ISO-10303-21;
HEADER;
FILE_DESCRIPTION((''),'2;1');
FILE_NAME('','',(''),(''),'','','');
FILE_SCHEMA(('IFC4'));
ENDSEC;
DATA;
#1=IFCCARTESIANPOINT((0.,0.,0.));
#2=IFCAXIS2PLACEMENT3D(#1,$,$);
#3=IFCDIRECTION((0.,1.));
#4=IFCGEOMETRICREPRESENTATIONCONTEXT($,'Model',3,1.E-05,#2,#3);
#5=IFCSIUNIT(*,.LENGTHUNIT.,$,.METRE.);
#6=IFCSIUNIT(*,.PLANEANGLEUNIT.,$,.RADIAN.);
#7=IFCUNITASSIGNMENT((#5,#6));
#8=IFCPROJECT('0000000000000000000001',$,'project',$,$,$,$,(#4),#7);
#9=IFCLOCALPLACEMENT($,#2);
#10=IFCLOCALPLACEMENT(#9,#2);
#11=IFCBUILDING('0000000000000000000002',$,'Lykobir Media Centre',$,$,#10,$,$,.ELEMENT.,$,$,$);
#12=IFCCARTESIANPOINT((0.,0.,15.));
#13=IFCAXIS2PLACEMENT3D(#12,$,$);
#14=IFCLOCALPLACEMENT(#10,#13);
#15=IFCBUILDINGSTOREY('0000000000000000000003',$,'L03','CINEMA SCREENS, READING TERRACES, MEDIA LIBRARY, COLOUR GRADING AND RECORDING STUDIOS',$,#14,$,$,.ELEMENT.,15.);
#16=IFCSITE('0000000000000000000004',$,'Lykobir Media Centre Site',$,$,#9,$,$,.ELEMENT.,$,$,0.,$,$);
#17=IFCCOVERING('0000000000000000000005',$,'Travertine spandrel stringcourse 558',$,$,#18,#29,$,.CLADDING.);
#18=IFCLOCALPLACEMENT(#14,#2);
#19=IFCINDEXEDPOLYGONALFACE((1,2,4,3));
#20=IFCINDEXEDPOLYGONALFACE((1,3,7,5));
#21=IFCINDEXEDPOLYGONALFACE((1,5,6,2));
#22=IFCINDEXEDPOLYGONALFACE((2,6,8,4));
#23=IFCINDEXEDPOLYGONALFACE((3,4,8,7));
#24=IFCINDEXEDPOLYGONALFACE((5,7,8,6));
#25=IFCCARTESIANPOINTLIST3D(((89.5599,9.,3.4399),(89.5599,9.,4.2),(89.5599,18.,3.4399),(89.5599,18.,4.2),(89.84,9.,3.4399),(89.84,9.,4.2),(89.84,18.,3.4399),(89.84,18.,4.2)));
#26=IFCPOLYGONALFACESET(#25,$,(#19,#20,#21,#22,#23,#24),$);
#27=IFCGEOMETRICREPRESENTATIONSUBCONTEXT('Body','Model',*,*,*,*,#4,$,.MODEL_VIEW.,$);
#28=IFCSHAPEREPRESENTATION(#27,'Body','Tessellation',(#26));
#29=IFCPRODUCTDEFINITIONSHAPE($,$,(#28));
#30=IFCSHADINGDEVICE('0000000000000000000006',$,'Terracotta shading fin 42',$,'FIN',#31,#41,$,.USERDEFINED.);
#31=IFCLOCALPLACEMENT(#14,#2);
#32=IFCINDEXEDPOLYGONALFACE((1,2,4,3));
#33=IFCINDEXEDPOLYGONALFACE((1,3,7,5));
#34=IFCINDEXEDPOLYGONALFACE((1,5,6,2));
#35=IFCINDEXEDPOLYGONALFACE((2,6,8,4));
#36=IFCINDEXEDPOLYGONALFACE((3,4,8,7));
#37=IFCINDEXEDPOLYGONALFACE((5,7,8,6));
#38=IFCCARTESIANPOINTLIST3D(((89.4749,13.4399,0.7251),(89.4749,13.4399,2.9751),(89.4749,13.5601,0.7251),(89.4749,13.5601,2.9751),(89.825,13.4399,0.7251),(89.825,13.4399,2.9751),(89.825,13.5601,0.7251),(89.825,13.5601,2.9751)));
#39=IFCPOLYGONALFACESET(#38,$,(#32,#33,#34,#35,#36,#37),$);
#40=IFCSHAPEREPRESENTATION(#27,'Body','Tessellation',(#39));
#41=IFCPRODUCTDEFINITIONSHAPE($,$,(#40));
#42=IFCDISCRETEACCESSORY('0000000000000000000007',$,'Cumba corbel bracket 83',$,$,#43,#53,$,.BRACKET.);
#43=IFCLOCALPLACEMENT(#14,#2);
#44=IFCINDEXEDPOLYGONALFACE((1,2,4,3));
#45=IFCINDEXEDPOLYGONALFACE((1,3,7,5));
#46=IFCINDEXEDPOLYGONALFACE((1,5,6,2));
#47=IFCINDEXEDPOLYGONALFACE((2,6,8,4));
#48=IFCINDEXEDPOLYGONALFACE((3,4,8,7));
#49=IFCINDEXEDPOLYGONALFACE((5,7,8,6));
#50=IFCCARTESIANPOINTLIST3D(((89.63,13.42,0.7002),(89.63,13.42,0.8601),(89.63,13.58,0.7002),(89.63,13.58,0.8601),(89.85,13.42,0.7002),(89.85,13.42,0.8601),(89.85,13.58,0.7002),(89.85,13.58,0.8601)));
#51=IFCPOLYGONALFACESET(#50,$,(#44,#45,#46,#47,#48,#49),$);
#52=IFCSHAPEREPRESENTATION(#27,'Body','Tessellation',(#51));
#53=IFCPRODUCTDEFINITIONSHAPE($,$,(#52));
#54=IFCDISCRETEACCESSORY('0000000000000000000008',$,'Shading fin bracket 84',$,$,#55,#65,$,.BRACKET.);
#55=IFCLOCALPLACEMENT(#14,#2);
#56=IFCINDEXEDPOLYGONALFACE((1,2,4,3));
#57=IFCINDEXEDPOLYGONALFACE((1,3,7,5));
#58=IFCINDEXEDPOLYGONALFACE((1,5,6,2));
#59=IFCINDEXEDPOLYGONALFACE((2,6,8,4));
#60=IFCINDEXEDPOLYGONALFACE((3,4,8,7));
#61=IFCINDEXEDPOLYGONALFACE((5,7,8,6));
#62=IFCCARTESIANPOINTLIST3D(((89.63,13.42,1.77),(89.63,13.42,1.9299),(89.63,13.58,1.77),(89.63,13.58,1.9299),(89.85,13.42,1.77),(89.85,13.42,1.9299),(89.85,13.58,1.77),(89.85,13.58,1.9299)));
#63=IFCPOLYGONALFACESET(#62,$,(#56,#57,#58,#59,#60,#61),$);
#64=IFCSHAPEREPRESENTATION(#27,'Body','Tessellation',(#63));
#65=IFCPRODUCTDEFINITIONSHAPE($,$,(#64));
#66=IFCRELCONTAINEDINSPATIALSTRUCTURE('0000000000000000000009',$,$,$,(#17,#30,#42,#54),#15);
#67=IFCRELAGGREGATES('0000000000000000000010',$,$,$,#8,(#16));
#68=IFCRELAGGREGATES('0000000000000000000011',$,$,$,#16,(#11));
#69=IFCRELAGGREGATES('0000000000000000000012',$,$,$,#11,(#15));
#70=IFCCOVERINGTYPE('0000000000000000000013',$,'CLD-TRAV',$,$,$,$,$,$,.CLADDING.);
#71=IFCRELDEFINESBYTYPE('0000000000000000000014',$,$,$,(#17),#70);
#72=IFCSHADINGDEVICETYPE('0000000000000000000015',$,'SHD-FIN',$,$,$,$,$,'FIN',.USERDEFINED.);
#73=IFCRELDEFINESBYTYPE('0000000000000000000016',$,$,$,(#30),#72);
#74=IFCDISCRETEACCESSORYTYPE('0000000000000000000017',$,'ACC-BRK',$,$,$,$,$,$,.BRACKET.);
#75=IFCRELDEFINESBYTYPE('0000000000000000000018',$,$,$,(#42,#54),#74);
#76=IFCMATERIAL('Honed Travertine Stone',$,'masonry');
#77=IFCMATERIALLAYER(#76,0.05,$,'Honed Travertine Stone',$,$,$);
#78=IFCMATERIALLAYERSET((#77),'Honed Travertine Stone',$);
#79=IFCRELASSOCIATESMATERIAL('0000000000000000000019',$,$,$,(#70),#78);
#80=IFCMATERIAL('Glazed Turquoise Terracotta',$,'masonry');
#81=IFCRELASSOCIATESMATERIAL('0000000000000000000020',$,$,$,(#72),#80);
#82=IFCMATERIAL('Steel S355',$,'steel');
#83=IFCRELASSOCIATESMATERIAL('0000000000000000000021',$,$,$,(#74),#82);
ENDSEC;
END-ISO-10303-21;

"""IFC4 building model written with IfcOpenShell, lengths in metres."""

from ifc_helpers import new_model, si_unit, direction, frame, origin, origin_2d, place, context, subcontext, project, spatial, rectangle, extrude, material, layer, layer_set, type_object, element, save


model = new_model("IFC4")

# Units and contexts
model_context = context("Model", 3, precision=1e-05, world=origin(), true_north=direction((0.0, 1.0)))
body_context = subcontext(model_context, "Body", "Model", "MODEL_VIEW")
ifc_project = project(units=[si_unit("LENGTHUNIT", "METRE"), si_unit("PLANEANGLEUNIT", "RADIAN")], contexts=[model_context])

# Site, building, storey
site_placement = place(None, origin())
site = spatial("IfcSite", under=ifc_project, at=site_placement, Name="Lykobir Media Centre Site", CompositionType="ELEMENT", RefElevation=0.0)
building_placement = place(site_placement, origin())
building = spatial("IfcBuilding", under=site, at=building_placement, Name="Lykobir Media Centre", CompositionType="ELEMENT")
storey_placement = place(building_placement, frame((0.0, 0.0, 15.0)))
storey = spatial("IfcBuildingStorey", under=building, at=storey_placement, Name="L03", Description="CINEMA SCREENS, READING TERRACES, MEDIA LIBRARY, COLOUR GRADING AND RECORDING STUDIOS", CompositionType="ELEMENT", Elevation=15.0)

# Shared definitions
ifc_material_1 = material(Name="Steel S355", Category="steel")

# Covering
ifc_material_2 = material(Name="Glazed Turquoise Terracotta", Category="masonry")
ifc_material_3 = material(Name="Honed Travertine Stone", Category="masonry")
ifc_layer_1 = layer(ifc_material_3, 0.05, Name="Honed Travertine Stone")
ifc_layer_set_1 = layer_set([ifc_layer_1], Name="Honed Travertine Stone")
covering_type_1 = type_object("IfcCoveringType", Name="CLD-TRAV", PredefinedType="CLADDING", material=ifc_layer_set_1)
covering_1_placement = place(storey_placement, frame((89.7, 13.5, 3.4399), z_axis=(0.0, 0.0, 1.0), x_axis=(0.0, -1.0, 0.0)))
element("IfcCovering", 1, at=covering_1_placement, inside=storey, type_object=covering_type_1, Name="Travertine spandrel stringcourse 558", PredefinedType="CLADDING", context=body_context, shape_type="SweptSolid", body=[
    extrude(rectangle(XDim=9.0, YDim=0.28, at=origin_2d()), origin(), (0.0, 0.0, 1.0), 0.76),
])

# Shading device
shading_device_type = type_object("IfcShadingDeviceType", Name="SHD-FIN", ElementType="FIN", PredefinedType="USERDEFINED", material=ifc_material_2)
shading_device_placement = place(storey_placement, frame((89.6499, 13.5, 0.7251), z_axis=(0.0, 0.0, 1.0), x_axis=(0.0, -1.0, 0.0)))
element("IfcShadingDevice", 2, at=shading_device_placement, inside=storey, type_object=shading_device_type, Name="Terracotta shading fin 42", ObjectType="FIN", PredefinedType="USERDEFINED", context=body_context, shape_type="SweptSolid", body=[
    extrude(rectangle(XDim=0.1201, YDim=0.3501, at=origin_2d()), origin(), (0.0, 0.0, 1.0), 2.25),
])

# Discrete accessories
discrete_accessory_type = type_object("IfcDiscreteAccessoryType", Name="ACC-BRK", PredefinedType="BRACKET", material=ifc_material_1)
for number, where, z_axis, x_axis, name in (
    (3, (89.74, 13.5, 0.7002), (0.0, 0.0, 1.0), (0.0, -1.0, 0.0), "Cumba corbel bracket 83"),
    (4, (89.74, 13.5, 1.77), (0.0, 0.0, 1.0), (0.0, -1.0, 0.0), "Shading fin bracket 84"),
):
    element("IfcDiscreteAccessory", number, at=place(storey_placement, frame(where, z_axis=z_axis, x_axis=x_axis)), inside=storey, type_object=discrete_accessory_type, Name=name, PredefinedType="BRACKET", context=body_context, shape_type="SweptSolid", body=[
        extrude(rectangle(XDim=0.1599, YDim=0.22, at=origin_2d()), origin(), (0.0, 0.0, 1.0), 0.1599),
    ])

save(model, "model.ifc")
